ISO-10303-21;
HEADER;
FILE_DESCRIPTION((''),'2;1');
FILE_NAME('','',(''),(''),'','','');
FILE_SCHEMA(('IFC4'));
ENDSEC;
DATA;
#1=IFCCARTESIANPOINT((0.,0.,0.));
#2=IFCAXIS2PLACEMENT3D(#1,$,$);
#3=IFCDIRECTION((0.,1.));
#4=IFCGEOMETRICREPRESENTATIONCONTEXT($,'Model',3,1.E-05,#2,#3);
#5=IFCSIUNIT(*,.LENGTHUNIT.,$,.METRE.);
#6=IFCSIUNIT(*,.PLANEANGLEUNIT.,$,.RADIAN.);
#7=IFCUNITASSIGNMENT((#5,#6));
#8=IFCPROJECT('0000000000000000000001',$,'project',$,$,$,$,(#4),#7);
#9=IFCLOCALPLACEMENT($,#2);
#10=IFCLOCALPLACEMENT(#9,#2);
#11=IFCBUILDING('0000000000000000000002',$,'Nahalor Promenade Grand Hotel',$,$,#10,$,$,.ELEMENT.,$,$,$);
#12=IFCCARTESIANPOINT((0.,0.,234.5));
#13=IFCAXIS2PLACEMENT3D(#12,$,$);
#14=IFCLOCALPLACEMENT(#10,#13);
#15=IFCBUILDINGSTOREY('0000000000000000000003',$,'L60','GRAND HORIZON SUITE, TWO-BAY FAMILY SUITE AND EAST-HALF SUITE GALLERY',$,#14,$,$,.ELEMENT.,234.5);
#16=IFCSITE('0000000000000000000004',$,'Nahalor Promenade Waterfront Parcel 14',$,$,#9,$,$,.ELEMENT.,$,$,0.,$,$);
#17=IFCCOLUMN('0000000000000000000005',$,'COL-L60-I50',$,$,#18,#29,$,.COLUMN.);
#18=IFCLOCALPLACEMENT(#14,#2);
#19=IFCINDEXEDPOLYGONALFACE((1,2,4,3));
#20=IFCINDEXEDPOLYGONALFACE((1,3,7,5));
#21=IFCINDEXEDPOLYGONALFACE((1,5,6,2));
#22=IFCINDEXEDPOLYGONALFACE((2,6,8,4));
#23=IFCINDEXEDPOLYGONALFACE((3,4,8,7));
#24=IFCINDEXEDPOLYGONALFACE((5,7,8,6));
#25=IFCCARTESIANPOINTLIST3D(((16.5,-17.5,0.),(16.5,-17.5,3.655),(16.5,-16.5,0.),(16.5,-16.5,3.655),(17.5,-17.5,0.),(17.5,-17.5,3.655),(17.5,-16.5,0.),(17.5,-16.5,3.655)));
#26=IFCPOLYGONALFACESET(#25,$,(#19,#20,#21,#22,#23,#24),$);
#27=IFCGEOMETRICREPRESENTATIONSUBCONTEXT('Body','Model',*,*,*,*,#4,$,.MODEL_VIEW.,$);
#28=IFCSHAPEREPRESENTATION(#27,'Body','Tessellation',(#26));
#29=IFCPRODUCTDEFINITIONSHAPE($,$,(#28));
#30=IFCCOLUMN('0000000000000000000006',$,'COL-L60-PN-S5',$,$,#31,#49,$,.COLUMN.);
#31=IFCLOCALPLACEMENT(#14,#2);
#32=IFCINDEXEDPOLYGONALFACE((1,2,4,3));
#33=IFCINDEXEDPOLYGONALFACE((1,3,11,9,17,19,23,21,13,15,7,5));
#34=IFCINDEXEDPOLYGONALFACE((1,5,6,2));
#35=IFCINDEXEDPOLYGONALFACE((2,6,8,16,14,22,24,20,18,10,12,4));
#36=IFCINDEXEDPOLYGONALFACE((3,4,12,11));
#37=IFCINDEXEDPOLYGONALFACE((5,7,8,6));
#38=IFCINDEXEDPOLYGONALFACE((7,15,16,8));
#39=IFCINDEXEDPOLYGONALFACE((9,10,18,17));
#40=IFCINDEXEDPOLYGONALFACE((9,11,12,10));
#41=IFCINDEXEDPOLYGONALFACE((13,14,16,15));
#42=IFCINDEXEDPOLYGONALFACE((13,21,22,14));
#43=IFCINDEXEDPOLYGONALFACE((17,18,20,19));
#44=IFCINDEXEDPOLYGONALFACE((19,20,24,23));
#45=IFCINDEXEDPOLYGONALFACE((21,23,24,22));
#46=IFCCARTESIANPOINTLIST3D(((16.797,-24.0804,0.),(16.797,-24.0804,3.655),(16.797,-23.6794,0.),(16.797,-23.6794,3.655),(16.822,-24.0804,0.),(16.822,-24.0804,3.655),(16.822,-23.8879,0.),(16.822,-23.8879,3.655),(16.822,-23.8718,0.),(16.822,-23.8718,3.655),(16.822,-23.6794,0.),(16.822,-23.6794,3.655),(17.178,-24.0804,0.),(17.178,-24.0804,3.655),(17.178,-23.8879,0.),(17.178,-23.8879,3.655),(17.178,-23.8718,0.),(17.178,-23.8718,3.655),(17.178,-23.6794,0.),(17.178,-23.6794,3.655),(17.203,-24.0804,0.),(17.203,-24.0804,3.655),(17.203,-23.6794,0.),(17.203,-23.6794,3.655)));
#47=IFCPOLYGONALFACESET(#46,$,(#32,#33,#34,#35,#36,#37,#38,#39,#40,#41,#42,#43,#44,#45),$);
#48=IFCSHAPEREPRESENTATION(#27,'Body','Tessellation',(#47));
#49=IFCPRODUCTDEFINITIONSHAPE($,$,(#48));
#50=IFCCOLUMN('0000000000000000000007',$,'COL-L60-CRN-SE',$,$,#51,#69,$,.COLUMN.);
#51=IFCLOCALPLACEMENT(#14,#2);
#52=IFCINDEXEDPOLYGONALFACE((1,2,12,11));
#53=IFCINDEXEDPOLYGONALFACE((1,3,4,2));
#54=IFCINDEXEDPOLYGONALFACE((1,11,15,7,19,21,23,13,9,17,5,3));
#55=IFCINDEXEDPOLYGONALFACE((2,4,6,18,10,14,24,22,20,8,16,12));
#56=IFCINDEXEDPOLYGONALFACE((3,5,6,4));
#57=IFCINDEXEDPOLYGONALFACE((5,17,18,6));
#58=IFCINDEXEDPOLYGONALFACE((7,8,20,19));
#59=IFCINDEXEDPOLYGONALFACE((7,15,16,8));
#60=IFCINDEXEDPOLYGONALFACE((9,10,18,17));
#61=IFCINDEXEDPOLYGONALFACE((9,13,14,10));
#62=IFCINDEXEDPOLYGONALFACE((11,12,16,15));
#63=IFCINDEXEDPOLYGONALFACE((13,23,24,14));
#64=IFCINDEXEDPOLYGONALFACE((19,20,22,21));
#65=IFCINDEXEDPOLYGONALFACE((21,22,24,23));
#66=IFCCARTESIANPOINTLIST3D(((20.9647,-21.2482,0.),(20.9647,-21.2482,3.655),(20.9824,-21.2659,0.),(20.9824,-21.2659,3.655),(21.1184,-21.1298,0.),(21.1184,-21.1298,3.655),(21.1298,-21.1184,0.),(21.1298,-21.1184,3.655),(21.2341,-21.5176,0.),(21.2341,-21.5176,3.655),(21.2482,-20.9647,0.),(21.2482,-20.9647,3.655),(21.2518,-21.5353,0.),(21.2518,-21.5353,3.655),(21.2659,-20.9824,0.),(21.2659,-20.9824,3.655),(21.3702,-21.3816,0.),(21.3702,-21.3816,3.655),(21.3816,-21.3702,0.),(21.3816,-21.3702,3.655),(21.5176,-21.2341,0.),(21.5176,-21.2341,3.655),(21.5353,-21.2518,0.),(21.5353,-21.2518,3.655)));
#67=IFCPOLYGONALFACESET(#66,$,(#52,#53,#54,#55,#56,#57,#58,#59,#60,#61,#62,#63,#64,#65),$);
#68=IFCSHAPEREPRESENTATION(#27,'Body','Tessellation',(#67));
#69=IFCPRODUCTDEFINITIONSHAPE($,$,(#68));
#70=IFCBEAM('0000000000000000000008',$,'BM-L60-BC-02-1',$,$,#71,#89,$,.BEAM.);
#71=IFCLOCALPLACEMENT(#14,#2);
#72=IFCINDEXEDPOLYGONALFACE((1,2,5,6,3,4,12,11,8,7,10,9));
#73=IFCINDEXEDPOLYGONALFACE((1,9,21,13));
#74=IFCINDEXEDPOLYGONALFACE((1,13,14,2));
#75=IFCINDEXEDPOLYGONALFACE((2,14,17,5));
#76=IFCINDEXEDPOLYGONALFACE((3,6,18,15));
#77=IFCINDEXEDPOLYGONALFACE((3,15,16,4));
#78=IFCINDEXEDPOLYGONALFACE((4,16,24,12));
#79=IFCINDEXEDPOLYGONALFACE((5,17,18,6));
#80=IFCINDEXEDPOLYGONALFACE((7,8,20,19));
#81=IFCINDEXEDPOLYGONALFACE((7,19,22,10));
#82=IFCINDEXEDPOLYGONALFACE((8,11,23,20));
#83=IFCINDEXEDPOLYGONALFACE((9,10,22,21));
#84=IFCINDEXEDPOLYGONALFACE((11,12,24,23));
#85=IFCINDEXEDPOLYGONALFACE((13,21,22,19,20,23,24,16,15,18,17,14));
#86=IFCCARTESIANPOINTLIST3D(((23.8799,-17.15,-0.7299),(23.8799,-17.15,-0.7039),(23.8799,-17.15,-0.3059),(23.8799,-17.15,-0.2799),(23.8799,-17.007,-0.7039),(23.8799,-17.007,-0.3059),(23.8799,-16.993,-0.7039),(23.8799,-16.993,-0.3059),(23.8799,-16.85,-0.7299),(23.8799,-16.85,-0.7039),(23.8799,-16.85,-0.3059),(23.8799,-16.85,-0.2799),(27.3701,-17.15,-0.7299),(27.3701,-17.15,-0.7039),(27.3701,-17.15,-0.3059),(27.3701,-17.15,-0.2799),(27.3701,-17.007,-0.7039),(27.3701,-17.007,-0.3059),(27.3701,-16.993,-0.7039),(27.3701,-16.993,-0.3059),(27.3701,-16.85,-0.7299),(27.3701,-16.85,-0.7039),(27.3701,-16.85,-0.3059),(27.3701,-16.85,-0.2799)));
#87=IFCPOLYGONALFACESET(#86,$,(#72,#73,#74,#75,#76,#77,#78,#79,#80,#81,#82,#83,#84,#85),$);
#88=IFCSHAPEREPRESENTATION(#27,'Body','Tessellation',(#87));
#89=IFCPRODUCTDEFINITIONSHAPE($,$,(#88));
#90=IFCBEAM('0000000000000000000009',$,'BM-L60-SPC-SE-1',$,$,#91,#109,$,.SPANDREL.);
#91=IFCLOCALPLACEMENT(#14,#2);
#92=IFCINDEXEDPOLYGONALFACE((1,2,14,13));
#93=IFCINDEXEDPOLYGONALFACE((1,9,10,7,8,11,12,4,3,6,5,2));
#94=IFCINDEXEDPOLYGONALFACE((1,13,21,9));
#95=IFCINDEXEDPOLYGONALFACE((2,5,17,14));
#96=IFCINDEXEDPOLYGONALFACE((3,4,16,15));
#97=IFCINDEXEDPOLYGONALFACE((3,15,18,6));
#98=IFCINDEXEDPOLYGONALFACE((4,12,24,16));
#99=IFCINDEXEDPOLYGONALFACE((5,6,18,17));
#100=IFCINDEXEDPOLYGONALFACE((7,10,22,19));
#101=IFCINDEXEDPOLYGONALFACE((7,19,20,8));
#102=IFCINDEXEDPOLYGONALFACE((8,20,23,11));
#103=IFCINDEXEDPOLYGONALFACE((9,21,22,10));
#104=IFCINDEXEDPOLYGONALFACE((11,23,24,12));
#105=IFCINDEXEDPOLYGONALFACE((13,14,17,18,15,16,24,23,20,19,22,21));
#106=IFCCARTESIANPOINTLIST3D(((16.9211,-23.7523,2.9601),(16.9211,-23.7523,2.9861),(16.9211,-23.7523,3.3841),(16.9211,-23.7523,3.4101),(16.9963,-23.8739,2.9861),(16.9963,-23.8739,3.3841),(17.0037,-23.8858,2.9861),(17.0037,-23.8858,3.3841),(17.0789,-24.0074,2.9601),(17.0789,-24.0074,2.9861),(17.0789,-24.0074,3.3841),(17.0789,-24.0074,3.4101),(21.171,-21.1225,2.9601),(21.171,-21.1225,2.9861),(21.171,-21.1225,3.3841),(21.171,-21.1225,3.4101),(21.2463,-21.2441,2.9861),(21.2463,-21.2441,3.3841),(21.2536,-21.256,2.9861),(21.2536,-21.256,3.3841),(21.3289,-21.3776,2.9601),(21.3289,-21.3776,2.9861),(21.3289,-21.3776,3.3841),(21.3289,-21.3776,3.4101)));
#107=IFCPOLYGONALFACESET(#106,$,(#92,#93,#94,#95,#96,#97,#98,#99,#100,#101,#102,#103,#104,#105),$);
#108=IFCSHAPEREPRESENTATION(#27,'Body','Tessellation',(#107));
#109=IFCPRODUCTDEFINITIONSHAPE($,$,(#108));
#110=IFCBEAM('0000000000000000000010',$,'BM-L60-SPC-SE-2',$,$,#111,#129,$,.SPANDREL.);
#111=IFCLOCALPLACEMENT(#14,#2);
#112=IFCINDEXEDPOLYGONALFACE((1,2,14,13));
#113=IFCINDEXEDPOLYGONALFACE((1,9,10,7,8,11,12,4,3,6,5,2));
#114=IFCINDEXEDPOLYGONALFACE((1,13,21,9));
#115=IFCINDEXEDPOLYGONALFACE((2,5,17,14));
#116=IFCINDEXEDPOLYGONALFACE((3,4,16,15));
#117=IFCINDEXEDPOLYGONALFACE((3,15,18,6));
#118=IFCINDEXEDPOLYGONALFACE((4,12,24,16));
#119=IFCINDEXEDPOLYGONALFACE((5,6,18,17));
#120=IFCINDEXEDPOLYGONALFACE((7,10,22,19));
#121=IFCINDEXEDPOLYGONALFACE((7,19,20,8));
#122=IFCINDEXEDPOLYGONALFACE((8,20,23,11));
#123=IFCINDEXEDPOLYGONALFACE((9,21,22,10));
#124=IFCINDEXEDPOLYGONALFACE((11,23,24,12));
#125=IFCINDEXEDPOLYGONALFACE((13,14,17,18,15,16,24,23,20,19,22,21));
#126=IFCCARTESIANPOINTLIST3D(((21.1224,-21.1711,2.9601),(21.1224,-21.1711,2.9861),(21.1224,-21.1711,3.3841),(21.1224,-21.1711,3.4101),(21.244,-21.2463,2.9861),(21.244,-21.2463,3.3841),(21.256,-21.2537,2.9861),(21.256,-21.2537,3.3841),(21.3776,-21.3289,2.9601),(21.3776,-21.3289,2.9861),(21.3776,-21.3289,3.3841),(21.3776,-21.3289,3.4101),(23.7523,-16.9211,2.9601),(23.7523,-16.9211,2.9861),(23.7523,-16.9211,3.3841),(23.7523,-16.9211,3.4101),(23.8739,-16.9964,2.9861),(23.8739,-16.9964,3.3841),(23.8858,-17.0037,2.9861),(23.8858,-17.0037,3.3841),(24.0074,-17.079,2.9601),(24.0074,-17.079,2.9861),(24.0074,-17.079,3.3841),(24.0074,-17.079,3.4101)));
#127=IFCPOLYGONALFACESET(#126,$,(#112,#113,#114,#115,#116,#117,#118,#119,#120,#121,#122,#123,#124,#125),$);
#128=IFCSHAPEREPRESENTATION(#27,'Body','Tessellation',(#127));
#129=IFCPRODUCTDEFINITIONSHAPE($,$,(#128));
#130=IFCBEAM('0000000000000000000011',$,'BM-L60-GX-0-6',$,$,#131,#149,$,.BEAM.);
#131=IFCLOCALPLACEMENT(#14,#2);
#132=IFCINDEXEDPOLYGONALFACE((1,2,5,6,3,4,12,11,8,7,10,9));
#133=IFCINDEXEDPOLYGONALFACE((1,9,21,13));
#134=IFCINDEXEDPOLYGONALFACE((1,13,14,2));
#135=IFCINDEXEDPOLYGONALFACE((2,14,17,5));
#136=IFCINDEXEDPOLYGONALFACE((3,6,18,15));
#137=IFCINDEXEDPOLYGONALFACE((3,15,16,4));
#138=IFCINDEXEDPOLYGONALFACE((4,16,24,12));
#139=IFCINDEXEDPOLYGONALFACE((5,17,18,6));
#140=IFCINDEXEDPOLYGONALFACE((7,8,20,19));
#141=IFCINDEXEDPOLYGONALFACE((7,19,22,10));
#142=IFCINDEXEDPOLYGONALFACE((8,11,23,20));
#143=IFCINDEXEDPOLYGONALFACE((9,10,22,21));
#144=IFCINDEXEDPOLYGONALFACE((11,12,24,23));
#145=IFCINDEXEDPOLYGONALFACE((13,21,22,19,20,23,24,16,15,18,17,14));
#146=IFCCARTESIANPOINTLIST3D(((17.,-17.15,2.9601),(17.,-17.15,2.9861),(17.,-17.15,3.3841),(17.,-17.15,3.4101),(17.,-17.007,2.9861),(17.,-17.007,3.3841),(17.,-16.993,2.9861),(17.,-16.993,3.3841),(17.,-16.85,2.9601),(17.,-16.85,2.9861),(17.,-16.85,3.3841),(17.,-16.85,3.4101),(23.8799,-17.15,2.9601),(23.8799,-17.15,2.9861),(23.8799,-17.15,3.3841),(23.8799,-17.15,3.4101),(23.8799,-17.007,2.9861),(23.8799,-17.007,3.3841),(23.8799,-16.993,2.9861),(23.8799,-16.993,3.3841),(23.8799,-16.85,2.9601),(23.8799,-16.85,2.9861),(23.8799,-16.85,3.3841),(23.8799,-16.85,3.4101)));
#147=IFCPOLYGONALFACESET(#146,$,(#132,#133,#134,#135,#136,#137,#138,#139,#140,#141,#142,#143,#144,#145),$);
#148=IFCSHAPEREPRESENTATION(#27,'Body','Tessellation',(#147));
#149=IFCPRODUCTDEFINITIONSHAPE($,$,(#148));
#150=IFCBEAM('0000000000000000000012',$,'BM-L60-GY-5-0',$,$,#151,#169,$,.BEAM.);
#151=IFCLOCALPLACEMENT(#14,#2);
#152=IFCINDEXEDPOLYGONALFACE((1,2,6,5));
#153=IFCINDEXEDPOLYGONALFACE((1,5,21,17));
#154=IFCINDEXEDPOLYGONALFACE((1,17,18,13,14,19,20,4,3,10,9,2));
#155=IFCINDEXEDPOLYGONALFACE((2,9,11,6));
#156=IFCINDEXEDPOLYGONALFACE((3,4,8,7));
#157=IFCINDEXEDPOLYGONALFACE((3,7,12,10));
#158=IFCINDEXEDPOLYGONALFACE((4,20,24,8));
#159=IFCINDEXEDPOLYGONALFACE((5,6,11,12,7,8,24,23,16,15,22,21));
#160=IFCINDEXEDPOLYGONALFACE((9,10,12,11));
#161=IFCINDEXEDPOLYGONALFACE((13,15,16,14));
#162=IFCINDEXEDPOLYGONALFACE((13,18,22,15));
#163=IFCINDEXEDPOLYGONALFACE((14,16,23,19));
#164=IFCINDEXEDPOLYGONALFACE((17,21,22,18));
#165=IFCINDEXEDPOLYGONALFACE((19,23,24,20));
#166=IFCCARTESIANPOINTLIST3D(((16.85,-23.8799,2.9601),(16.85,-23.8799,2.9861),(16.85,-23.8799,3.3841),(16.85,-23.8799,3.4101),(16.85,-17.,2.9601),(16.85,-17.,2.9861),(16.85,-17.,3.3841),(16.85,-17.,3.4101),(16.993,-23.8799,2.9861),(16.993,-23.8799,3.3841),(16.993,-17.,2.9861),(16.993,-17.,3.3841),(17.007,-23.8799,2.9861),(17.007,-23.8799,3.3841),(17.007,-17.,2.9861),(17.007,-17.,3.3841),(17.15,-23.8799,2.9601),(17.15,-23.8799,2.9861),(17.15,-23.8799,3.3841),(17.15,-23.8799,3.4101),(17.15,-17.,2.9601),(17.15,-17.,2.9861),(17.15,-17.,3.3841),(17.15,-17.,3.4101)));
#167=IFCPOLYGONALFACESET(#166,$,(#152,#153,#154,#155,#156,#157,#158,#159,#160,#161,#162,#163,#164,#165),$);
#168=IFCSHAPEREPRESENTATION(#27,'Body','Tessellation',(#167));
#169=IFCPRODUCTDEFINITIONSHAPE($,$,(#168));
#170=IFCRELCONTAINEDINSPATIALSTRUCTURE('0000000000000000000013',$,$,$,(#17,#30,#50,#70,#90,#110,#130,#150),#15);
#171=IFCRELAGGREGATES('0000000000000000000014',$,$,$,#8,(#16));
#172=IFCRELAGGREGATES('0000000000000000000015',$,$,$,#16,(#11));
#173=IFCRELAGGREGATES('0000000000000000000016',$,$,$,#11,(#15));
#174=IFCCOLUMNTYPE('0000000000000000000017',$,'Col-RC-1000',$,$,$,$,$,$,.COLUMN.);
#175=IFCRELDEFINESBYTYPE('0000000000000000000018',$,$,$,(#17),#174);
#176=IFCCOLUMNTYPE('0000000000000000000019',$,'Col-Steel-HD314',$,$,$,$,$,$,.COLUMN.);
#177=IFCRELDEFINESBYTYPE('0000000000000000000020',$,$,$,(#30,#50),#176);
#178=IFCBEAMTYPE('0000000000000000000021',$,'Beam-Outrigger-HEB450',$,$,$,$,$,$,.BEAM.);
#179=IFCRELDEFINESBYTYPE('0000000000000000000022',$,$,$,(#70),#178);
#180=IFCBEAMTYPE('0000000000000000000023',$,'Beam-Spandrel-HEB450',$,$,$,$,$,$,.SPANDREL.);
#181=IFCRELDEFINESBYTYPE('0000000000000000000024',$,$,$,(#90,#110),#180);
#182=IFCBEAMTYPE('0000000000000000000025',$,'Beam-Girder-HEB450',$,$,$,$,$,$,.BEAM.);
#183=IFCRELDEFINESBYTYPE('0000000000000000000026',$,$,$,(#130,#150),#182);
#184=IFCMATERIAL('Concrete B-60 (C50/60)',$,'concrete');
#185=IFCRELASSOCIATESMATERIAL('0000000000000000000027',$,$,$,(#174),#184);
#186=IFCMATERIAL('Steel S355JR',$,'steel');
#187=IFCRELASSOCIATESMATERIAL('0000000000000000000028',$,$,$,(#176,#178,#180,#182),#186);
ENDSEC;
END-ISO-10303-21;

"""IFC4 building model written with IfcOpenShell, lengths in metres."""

from ifc_helpers import new_model, si_unit, direction, frame, origin, origin_2d, place, context, subcontext, project, spatial, rectangle, i_section, extrude, source, transform, mapped, material, material_profile, profile_set, type_object, element, save


model = new_model("IFC4")

# Units and contexts
model_context = context("Model", 3, precision=1e-05, world=origin(), true_north=direction((0.0, 1.0)))
body_context = subcontext(model_context, "Body", "Model", "MODEL_VIEW")
ifc_project = project(units=[si_unit("LENGTHUNIT", "METRE"), si_unit("PLANEANGLEUNIT", "RADIAN")], contexts=[model_context])

# Site, building, storey
site_placement = place(None, origin())
site = spatial("IfcSite", under=ifc_project, at=site_placement, Name="Nahalor Promenade Waterfront Parcel 14", CompositionType="ELEMENT", RefElevation=0.0)
building_placement = place(site_placement, origin())
building = spatial("IfcBuilding", under=site, at=building_placement, Name="Nahalor Promenade Grand Hotel", CompositionType="ELEMENT")
storey_placement = place(building_placement, frame((0.0, 0.0, 234.5)))
storey = spatial("IfcBuildingStorey", under=building, at=storey_placement, Name="L60", Description="GRAND HORIZON SUITE, TWO-BAY FAMILY SUITE AND EAST-HALF SUITE GALLERY", CompositionType="ELEMENT", Elevation=234.5)

# Columns
ifc_material_1 = material(Name="Concrete B-60 (C50/60)", Category="concrete")
ifc_material_profile_1 = material_profile(ifc_material_1, rectangle(XDim=1.0, YDim=1.0, at=origin_2d()), Name="RC 1000x1000")
ifc_profile_set_1 = profile_set([ifc_material_profile_1], Name="Concrete B-60 (C50/60)")
column_type_1 = type_object("IfcColumnType", Name="Col-RC-1000", PredefinedType="COLUMN", material=ifc_profile_set_1)
shared_shape_1 = source(origin(), body_context, "Body", "SweptSolid", [
    extrude(rectangle(XDim=1.0, YDim=1.0, at=origin_2d()), origin(), (0.0, 0.0, 1.0), 3.655),
])
column_placement = place(storey_placement, frame((17.0, -17.0, 0.0), z_axis=(0.0, 0.0, 1.0), x_axis=(1.0, 0.0, 0.0)))
element("IfcColumn", 1, at=column_placement, inside=storey, type_object=column_type_1, Name="COL-L60-I50", PredefinedType="COLUMN", context=body_context, shape_type="MappedRepresentation", body=[
    mapped(shared_shape_1, transform((0.0, 0.0, 0.0), scale=1.0)),
])
ifc_material_2 = material(Name="Steel S355JR", Category="steel")
ifc_material_profile_2 = material_profile(ifc_material_2, i_section(OverallWidth=0.401, OverallDepth=0.406, WebThickness=0.0161, FlangeThickness=0.025, at=origin_2d()), Name="HD 400x314")
ifc_profile_set_2 = profile_set([ifc_material_profile_2], Name="Steel S355JR")
column_type_2 = type_object("IfcColumnType", Name="Col-Steel-HD314", PredefinedType="COLUMN", material=ifc_profile_set_2)
shared_shape_2 = source(origin(), body_context, "Body", "SweptSolid", [
    extrude(i_section(OverallWidth=0.401, OverallDepth=0.406, WebThickness=0.0161, FlangeThickness=0.025, at=origin_2d()), origin(), (0.0, 0.0, 1.0), 3.655),
])
for number, where, z_axis, x_axis, name in (
    (2, (17.0, -23.8799, 0.0), (0.0, 0.0, 1.0), (0.0, 1.0, 0.0), "COL-L60-PN-S5"),
    (3, (21.25, -21.25, 0.0), (0.0, 0.0, 1.0), (0.707107, 0.707107, 0.0), "COL-L60-CRN-SE"),
):
    element("IfcColumn", number, at=place(storey_placement, frame(where, z_axis=z_axis, x_axis=x_axis)), inside=storey, type_object=column_type_2, Name=name, PredefinedType="COLUMN", context=body_context, shape_type="MappedRepresentation", body=[
        mapped(shared_shape_2, transform((0.0, 0.0, 0.0), scale=1.0)),
    ])

# Beams
ifc_material_profile_3 = material_profile(ifc_material_2, i_section(OverallWidth=0.3, OverallDepth=0.45, WebThickness=0.014, FlangeThickness=0.026, at=origin_2d()), Name="HEB 450")
ifc_profile_set_3 = profile_set([ifc_material_profile_3], Name="Steel S355JR")
beam_type_1 = type_object("IfcBeamType", Name="Beam-Outrigger-HEB450", PredefinedType="BEAM", material=ifc_profile_set_3)
shared_shape_3 = source(origin(), body_context, "Body", "SweptSolid", [
    extrude(i_section(OverallWidth=0.3, OverallDepth=0.45, WebThickness=0.014, FlangeThickness=0.026, at=origin_2d()), origin(), (0.0, 0.0, 1.0), 3.4902),
])
beam_1_placement = place(storey_placement, frame((23.8799, -17.0, -0.5049), z_axis=(1.0, 0.0, 0.0), x_axis=(0.0, 1.0, 0.0)))
element("IfcBeam", 4, at=beam_1_placement, inside=storey, type_object=beam_type_1, Name="BM-L60-BC-02-1", PredefinedType="BEAM", context=body_context, shape_type="MappedRepresentation", body=[
    mapped(shared_shape_3, transform((0.0, 0.0, 0.0), scale=1.0)),
])
ifc_material_profile_4 = material_profile(ifc_material_2, i_section(OverallWidth=0.3, OverallDepth=0.45, WebThickness=0.014, FlangeThickness=0.026, at=origin_2d()), Name="HEB 450")
ifc_profile_set_4 = profile_set([ifc_material_profile_4], Name="Steel S355JR")
beam_type_2 = type_object("IfcBeamType", Name="Beam-Spandrel-HEB450", PredefinedType="SPANDREL", material=ifc_profile_set_4)
shared_shape_4 = source(origin(), body_context, "Body", "SweptSolid", [
    extrude(i_section(OverallWidth=0.3, OverallDepth=0.45, WebThickness=0.014, FlangeThickness=0.026, at=origin_2d()), origin(), (0.0, 0.0, 1.0), 4.9978),
])
for number, where, z_axis, x_axis, name in (
    (5, (17.0, -23.8799, 3.1851), (0.850361, 0.5262, 0.0), (-0.5262, 0.850361, 0.0), "BM-L60-SPC-SE-1"),
    (6, (21.25, -21.25, 3.1851), (0.5262, 0.850361, 0.0), (-0.850361, 0.5262, 0.0), "BM-L60-SPC-SE-2"),
):
    element("IfcBeam", number, at=place(storey_placement, frame(where, z_axis=z_axis, x_axis=x_axis)), inside=storey, type_object=beam_type_2, Name=name, PredefinedType="SPANDREL", context=body_context, shape_type="MappedRepresentation", body=[
        mapped(shared_shape_4, transform((0.0, 0.0, 0.0), scale=1.0)),
    ])
ifc_material_profile_5 = material_profile(ifc_material_2, i_section(OverallWidth=0.3, OverallDepth=0.45, WebThickness=0.014, FlangeThickness=0.026, at=origin_2d()), Name="HEB 450")
ifc_profile_set_5 = profile_set([ifc_material_profile_5], Name="Steel S355JR")
beam_type_3 = type_object("IfcBeamType", Name="Beam-Girder-HEB450", PredefinedType="BEAM", material=ifc_profile_set_5)
shared_shape_5 = source(origin(), body_context, "Body", "SweptSolid", [
    extrude(i_section(OverallWidth=0.3, OverallDepth=0.45, WebThickness=0.014, FlangeThickness=0.026, at=origin_2d()), origin(), (0.0, 0.0, 1.0), 6.8799),
])
for number, where, z_axis, x_axis, name in (
    (7, (17.0, -17.0, 3.1851), (1.0, 0.0, 0.0), (0.0, 1.0, 0.0), "BM-L60-GX-0-6"),
    (8, (17.0, -23.8799, 3.1851), (0.0, 1.0, 0.0), (-1.0, 0.0, 0.0), "BM-L60-GY-5-0"),
):
    element("IfcBeam", number, at=place(storey_placement, frame(where, z_axis=z_axis, x_axis=x_axis)), inside=storey, type_object=beam_type_3, Name=name, PredefinedType="BEAM", context=body_context, shape_type="MappedRepresentation", body=[
        mapped(shared_shape_5, transform((0.0, 0.0, 0.0), scale=1.0)),
    ])

save(model, "model.ifc")
